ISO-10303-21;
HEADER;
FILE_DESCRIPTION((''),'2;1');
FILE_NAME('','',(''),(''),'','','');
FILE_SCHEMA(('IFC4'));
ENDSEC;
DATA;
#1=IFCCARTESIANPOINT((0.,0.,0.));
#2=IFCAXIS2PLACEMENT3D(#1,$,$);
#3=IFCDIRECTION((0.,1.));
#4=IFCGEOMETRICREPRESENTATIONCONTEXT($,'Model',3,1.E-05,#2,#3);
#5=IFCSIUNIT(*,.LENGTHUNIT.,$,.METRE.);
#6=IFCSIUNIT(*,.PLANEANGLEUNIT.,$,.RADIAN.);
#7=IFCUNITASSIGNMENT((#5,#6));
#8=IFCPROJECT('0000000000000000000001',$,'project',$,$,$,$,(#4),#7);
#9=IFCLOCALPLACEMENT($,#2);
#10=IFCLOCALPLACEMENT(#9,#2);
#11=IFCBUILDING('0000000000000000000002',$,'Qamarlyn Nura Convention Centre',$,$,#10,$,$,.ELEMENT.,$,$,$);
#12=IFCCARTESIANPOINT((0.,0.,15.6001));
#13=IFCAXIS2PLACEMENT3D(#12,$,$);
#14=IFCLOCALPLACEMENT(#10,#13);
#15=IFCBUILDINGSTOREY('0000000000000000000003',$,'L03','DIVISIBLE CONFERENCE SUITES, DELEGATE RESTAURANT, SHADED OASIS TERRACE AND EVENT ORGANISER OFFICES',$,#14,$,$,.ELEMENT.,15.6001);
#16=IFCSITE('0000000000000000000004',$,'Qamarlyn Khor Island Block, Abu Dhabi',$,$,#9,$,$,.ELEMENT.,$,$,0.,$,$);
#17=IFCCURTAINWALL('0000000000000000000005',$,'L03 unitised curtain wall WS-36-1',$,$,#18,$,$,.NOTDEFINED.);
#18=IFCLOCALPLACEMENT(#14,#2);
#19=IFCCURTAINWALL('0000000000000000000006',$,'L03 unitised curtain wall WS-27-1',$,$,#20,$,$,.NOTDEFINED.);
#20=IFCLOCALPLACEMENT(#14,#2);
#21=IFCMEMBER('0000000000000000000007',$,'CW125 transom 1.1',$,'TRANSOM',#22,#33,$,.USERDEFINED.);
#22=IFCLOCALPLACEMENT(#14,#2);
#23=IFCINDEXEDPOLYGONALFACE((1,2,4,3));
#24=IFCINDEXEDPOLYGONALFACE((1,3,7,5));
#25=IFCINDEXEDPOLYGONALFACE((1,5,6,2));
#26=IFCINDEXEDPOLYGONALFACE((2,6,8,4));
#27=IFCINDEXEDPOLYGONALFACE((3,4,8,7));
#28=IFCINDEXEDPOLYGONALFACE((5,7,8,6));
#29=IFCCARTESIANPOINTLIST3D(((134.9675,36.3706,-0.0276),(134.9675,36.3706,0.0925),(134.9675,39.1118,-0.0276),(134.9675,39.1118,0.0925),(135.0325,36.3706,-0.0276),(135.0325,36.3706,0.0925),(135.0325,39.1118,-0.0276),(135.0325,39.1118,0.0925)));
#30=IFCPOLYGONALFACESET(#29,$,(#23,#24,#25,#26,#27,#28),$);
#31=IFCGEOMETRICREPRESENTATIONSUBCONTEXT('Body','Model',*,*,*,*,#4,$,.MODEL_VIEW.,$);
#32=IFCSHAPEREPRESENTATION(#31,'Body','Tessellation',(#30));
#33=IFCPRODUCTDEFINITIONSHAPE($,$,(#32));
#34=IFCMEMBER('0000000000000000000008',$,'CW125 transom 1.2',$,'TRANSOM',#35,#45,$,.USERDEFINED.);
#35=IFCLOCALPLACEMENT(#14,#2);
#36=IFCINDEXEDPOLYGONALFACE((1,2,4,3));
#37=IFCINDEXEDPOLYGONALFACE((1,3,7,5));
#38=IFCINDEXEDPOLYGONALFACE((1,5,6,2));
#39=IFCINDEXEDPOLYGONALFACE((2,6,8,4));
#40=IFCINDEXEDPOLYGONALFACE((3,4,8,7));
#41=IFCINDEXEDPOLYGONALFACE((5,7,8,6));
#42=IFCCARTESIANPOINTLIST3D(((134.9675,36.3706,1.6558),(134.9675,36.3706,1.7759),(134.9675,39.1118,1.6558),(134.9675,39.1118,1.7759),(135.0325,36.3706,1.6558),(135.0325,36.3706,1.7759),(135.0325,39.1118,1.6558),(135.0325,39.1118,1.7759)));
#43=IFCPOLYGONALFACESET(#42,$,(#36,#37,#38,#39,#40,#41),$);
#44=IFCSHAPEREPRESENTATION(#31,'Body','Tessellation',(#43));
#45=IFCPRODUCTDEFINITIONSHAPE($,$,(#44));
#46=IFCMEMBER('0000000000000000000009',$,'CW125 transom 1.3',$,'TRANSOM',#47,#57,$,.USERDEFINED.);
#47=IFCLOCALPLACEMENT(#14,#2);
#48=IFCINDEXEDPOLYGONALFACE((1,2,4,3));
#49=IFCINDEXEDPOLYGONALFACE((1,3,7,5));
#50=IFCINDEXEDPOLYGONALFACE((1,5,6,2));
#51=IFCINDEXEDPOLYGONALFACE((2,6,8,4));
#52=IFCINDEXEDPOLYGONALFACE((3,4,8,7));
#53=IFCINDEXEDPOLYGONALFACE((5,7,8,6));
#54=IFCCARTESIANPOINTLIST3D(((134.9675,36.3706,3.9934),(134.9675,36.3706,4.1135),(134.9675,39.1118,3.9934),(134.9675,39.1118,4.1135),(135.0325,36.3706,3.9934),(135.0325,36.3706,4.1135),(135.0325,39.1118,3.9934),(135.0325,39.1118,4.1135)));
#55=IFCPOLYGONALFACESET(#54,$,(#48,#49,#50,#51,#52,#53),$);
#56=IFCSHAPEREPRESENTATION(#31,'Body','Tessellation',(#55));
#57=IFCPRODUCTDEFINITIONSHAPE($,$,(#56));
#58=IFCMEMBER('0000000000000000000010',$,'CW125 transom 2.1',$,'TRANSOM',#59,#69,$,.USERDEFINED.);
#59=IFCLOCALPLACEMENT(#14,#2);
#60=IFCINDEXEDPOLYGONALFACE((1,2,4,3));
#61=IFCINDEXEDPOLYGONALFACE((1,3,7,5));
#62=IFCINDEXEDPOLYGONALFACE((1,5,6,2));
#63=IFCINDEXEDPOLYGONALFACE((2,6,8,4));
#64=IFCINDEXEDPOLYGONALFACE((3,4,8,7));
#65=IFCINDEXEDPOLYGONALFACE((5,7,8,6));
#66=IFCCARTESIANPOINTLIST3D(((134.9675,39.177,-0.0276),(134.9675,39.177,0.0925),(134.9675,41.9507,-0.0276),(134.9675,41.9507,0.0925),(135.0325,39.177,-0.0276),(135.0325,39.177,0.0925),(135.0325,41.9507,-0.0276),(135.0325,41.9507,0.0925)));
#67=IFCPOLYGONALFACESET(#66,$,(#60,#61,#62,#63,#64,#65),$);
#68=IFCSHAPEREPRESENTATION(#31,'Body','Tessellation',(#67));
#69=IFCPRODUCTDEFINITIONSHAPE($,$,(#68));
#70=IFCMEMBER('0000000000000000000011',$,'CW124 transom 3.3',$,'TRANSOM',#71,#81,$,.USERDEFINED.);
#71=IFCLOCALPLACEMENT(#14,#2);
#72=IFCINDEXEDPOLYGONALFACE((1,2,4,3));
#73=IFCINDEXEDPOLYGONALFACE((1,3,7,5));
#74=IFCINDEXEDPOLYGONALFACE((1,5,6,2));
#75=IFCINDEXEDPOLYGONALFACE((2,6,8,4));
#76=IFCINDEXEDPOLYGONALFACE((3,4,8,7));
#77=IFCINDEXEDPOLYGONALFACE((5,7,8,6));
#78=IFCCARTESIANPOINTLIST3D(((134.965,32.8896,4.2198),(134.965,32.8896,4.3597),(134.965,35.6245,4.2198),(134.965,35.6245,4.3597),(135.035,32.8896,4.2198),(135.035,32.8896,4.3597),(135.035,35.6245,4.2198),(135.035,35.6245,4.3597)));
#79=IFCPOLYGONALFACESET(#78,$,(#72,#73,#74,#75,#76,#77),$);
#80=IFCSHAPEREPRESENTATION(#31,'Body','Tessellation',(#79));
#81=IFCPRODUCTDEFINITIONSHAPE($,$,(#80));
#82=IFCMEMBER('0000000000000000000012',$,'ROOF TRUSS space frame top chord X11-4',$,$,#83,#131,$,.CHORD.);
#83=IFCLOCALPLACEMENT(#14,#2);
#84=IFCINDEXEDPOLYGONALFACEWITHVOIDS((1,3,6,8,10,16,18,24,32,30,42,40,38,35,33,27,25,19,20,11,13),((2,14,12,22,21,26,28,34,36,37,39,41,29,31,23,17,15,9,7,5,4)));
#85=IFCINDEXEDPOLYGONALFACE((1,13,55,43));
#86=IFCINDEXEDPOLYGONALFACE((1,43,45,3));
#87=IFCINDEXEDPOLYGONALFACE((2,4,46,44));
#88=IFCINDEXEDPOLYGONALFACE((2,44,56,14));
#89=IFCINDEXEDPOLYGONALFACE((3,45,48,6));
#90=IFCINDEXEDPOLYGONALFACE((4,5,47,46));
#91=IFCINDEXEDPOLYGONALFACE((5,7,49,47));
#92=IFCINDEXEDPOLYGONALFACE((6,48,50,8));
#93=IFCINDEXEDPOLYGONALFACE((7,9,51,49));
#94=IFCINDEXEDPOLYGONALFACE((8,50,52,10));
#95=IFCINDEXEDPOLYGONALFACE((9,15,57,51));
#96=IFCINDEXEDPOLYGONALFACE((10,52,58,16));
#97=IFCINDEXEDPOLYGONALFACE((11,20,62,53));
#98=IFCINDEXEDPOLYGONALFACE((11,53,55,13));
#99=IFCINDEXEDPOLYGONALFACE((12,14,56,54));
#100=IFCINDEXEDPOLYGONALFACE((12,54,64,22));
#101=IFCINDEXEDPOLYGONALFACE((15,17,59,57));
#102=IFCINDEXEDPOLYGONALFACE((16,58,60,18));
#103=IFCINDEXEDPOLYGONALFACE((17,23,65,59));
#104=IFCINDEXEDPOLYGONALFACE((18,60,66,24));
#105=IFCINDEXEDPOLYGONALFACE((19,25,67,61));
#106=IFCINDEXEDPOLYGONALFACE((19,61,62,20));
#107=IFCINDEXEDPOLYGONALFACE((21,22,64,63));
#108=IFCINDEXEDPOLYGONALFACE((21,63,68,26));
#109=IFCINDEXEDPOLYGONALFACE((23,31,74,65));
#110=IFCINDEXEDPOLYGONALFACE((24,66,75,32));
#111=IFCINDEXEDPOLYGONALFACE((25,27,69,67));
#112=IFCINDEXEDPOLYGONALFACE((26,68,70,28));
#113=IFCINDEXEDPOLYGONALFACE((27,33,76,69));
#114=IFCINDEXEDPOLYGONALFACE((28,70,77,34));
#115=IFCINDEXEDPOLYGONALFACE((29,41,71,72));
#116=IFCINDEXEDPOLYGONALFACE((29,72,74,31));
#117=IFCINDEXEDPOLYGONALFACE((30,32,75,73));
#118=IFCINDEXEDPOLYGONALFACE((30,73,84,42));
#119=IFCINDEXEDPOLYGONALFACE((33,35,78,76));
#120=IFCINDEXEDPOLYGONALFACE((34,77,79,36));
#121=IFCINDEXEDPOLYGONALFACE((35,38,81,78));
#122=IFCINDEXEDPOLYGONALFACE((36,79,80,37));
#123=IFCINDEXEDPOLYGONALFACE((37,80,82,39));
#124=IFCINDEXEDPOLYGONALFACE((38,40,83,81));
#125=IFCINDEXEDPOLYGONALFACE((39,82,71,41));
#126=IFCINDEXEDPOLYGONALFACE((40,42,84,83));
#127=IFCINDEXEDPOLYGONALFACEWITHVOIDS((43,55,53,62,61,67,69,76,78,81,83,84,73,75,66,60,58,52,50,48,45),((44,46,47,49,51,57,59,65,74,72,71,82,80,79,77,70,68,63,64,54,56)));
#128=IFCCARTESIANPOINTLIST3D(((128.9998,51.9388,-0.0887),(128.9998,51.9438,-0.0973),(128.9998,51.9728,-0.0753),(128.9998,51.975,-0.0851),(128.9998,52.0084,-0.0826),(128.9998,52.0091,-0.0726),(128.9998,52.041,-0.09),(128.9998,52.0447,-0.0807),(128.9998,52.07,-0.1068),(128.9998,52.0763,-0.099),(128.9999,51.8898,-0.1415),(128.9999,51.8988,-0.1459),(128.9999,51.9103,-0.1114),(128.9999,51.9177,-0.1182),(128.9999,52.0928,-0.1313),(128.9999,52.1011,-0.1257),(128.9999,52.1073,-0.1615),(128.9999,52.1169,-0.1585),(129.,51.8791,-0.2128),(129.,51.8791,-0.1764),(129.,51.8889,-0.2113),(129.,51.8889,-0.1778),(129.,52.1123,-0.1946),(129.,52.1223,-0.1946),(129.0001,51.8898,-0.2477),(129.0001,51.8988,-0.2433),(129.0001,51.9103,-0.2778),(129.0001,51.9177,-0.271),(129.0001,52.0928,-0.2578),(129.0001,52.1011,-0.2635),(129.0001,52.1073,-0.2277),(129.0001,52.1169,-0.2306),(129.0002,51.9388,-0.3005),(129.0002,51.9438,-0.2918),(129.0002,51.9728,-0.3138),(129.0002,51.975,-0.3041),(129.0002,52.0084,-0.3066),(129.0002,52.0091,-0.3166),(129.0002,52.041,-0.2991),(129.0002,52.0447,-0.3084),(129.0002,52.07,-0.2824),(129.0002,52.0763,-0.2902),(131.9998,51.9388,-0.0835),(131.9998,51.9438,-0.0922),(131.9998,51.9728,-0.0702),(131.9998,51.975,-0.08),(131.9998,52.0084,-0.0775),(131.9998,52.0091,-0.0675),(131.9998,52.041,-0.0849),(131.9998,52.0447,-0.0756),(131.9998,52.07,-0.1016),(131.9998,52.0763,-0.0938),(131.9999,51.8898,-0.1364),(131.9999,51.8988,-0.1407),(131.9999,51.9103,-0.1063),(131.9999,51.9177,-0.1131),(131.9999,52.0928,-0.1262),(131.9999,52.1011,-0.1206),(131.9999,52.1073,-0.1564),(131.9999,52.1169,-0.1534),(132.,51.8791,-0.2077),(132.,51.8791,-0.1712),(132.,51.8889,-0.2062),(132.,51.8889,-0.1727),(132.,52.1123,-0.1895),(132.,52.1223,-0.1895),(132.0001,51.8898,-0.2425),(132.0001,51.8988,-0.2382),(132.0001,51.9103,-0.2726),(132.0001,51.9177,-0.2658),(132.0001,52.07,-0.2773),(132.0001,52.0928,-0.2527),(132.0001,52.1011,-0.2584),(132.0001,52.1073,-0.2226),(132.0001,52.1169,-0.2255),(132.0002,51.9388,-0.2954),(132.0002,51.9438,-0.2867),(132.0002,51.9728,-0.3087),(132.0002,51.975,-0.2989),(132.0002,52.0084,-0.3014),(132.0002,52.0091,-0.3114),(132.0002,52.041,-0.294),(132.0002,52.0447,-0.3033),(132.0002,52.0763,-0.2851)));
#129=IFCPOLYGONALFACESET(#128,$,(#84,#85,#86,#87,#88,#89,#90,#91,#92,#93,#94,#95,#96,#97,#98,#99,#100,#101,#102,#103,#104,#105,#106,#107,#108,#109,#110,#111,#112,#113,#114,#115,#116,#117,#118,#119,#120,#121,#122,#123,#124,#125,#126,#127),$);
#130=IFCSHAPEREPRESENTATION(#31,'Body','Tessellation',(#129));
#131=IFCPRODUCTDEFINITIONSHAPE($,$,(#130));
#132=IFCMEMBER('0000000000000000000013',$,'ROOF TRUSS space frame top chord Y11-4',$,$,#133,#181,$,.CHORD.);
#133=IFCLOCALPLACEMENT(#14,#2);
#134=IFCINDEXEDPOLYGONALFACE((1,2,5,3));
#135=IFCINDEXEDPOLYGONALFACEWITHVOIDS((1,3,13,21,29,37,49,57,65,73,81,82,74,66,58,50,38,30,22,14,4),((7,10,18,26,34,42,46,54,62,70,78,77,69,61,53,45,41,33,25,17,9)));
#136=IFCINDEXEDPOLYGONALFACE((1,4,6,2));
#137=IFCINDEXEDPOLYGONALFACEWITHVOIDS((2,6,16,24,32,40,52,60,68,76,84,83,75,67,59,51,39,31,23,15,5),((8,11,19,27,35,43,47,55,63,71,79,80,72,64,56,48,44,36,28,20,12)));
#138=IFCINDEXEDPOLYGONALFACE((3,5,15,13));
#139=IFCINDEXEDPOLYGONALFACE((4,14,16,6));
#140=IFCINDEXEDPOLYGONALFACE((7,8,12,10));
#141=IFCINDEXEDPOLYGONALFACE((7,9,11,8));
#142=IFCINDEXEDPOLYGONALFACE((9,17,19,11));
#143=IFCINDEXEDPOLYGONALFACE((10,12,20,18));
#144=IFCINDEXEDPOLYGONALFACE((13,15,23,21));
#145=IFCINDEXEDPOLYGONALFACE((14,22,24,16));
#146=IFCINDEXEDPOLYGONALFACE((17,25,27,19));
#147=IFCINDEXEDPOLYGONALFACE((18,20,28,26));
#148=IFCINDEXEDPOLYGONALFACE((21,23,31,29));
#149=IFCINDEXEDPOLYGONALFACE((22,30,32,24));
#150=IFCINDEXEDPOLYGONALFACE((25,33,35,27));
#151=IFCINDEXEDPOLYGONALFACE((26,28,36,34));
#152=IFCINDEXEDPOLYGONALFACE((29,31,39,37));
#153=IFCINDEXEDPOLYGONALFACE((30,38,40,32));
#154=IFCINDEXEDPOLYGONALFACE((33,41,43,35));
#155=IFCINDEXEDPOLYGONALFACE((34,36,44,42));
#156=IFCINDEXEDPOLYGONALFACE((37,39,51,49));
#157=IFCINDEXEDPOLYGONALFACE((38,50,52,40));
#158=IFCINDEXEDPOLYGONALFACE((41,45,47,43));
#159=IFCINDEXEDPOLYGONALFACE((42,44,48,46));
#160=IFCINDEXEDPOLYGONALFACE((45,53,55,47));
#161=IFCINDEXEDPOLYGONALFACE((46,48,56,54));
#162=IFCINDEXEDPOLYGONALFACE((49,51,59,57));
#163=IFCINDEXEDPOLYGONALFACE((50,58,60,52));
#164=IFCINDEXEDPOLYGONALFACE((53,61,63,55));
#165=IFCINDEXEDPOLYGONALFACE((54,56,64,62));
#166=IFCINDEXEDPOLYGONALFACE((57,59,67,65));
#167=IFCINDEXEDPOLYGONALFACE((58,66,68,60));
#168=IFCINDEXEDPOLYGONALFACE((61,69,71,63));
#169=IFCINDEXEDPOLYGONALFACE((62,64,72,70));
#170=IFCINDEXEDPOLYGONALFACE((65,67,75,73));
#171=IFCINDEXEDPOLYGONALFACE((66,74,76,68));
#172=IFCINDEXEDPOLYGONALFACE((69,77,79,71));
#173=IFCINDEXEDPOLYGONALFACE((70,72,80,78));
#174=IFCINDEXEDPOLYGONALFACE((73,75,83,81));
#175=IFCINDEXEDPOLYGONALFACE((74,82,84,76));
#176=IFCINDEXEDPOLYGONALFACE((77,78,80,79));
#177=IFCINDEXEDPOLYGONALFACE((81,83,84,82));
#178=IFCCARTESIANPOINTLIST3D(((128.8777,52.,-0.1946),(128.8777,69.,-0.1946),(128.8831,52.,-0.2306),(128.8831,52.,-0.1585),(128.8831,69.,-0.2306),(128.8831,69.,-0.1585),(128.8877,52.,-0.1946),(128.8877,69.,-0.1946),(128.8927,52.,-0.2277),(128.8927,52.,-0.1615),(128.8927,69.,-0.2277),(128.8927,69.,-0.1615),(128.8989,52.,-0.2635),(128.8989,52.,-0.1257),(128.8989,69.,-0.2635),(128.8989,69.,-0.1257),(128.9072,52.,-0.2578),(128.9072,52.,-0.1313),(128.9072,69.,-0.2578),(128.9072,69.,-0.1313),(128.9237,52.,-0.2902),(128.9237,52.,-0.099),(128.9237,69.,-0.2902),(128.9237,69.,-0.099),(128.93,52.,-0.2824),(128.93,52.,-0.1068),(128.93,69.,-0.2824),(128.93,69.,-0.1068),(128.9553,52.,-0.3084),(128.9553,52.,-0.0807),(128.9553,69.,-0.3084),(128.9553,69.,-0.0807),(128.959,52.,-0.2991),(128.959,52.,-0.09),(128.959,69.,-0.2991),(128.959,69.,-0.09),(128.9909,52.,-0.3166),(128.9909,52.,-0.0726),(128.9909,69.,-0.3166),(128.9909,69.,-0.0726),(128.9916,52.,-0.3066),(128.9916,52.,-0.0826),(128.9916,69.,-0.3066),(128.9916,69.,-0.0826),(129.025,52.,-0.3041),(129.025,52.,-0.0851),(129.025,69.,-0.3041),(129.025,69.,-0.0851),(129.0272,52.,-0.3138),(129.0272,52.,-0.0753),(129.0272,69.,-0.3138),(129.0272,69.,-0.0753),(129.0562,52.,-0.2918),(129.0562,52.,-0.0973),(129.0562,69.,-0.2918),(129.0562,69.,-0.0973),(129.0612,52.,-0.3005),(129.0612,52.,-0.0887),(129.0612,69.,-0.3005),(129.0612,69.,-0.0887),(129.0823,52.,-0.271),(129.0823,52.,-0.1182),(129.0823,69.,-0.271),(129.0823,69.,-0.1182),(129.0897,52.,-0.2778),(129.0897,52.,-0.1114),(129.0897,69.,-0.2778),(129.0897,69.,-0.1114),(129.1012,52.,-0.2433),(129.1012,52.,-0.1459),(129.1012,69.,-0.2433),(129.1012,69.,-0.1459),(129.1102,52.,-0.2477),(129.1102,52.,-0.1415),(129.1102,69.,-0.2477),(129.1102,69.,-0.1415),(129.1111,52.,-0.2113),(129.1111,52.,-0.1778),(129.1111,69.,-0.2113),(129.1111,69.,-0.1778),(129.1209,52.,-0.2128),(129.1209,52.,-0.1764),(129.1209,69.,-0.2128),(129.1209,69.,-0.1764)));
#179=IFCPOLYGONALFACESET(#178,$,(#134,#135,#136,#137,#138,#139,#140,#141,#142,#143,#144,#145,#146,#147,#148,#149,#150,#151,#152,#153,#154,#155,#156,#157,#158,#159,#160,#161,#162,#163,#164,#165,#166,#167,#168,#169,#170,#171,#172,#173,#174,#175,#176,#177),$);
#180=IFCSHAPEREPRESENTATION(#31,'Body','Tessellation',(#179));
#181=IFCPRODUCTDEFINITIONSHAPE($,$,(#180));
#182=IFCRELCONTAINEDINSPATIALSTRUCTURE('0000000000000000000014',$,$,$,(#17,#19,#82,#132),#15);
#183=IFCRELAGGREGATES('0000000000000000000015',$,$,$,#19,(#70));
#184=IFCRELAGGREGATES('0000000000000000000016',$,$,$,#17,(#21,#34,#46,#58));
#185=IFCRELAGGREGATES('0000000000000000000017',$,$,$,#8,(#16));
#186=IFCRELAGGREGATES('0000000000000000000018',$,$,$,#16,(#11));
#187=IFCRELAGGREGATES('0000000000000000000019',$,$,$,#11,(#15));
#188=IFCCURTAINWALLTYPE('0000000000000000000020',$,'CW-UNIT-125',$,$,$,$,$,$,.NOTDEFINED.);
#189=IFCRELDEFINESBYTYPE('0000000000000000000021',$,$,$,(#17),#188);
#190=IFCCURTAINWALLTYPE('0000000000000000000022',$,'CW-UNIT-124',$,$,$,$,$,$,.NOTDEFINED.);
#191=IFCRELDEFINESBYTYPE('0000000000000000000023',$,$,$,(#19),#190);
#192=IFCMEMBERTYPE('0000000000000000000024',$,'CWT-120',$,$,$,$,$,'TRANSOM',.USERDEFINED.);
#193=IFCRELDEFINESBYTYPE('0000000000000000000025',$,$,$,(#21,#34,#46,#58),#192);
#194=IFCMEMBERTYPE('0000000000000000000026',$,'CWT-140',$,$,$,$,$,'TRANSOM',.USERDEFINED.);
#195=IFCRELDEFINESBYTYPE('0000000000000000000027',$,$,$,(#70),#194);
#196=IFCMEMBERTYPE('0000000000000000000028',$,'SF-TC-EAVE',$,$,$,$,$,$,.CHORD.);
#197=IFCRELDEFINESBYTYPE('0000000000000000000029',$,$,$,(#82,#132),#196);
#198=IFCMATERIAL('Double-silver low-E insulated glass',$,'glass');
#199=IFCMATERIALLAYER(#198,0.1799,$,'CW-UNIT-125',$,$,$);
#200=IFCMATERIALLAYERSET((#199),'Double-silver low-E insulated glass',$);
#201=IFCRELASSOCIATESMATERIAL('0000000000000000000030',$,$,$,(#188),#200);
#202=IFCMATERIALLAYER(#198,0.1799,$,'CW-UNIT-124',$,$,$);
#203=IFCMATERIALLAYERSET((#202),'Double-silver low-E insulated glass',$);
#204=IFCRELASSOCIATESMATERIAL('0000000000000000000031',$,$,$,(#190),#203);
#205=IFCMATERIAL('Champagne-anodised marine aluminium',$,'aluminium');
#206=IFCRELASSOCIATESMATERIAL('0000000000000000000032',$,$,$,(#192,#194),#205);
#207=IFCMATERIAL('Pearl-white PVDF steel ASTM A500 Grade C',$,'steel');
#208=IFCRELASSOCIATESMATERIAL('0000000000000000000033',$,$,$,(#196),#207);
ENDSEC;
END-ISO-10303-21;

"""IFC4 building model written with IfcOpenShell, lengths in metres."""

from ifc_helpers import new_model, si_unit, direction, frame, origin, origin_2d, place, context, subcontext, project, spatial, rectangle, hollow_circle, extrude, material, layer, layer_set, material_profile, profile_set, type_object, element, aggregate, save


model = new_model("IFC4")

# Units and contexts
model_context = context("Model", 3, precision=1e-05, world=origin(), true_north=direction((0.0, 1.0)))
body_context = subcontext(model_context, "Body", "Model", "MODEL_VIEW")
ifc_project = project(units=[si_unit("LENGTHUNIT", "METRE"), si_unit("PLANEANGLEUNIT", "RADIAN")], contexts=[model_context])

# Site, building, storey
site_placement = place(None, origin())
site = spatial("IfcSite", under=ifc_project, at=site_placement, Name="Qamarlyn Khor Island Block, Abu Dhabi", CompositionType="ELEMENT", RefElevation=0.0)
building_placement = place(site_placement, origin())
building = spatial("IfcBuilding", under=site, at=building_placement, Name="Qamarlyn Nura Convention Centre", CompositionType="ELEMENT")
storey_placement = place(building_placement, frame((0.0, 0.0, 15.6001)))
storey = spatial("IfcBuildingStorey", under=building, at=storey_placement, Name="L03", Description="DIVISIBLE CONFERENCE SUITES, DELEGATE RESTAURANT, SHADED OASIS TERRACE AND EVENT ORGANISER OFFICES", CompositionType="ELEMENT", Elevation=15.6001)

# Curtain wall
ifc_material_1 = material(Name="Double-silver low-E insulated glass", Category="glass")
ifc_layer_1 = layer(ifc_material_1, 0.1799, Name="CW-UNIT-125")
ifc_layer_set_1 = layer_set([ifc_layer_1], Name="Double-silver low-E insulated glass")
curtain_wall_type_1 = type_object("IfcCurtainWallType", Name="CW-UNIT-125", PredefinedType="NOTDEFINED", material=ifc_layer_set_1)
curtain_wall_1_placement = place(storey_placement, origin())
curtain_wall_1 = element("IfcCurtainWall", 1, at=curtain_wall_1_placement, inside=storey, type_object=curtain_wall_type_1, Name="L03 unitised curtain wall WS-36-1", PredefinedType="NOTDEFINED")
ifc_material_2 = material(Name="Champagne-anodised marine aluminium", Category="aluminium")

# Curtain wall
ifc_layer_2 = layer(ifc_material_1, 0.1799, Name="CW-UNIT-124")
ifc_layer_set_2 = layer_set([ifc_layer_2], Name="Double-silver low-E insulated glass")
curtain_wall_type_2 = type_object("IfcCurtainWallType", Name="CW-UNIT-124", PredefinedType="NOTDEFINED", material=ifc_layer_set_2)
curtain_wall_2_placement = place(storey_placement, origin())
curtain_wall_2 = element("IfcCurtainWall", 2, at=curtain_wall_2_placement, inside=storey, type_object=curtain_wall_type_2, Name="L03 unitised curtain wall WS-27-1", PredefinedType="NOTDEFINED")

# Members
ifc_material_profile_1 = material_profile(ifc_material_2, rectangle(XDim=0.0649, YDim=0.1201, at=origin_2d()), Name="ALU TRANSOM 65x120")
ifc_profile_set_1 = profile_set([ifc_material_profile_1], Name="Champagne-anodised marine aluminium")
member_type_1 = type_object("IfcMemberType", Name="CWT-120", ElementType="TRANSOM", PredefinedType="USERDEFINED", material=ifc_profile_set_1)
member_1_placement = place(storey_placement, frame((135.0, 36.3706, 0.0325), z_axis=(0.0, 1.0, 0.0), x_axis=(-1.0, 0.0, 0.0)))
member_1 = element("IfcMember", 3, at=member_1_placement, type_object=member_type_1, Name="CW125 transom 1.1", ObjectType="TRANSOM", PredefinedType="USERDEFINED", context=body_context, shape_type="SweptSolid", body=[
    extrude(rectangle(XDim=0.0649, YDim=0.1201, at=origin_2d()), origin(), (0.0, 0.0, 1.0), 2.7412),
])
member_2_placement = place(storey_placement, frame((135.0, 36.3706, 1.7158), z_axis=(0.0, 1.0, 0.0), x_axis=(-1.0, 0.0, 0.0)))
member_2 = element("IfcMember", 4, at=member_2_placement, type_object=member_type_1, Name="CW125 transom 1.2", ObjectType="TRANSOM", PredefinedType="USERDEFINED", context=body_context, shape_type="SweptSolid", body=[
    extrude(rectangle(XDim=0.0649, YDim=0.1201, at=origin_2d()), origin(), (0.0, 0.0, 1.0), 2.7412),
])
member_3_placement = place(storey_placement, frame((135.0, 36.3706, 4.0535), z_axis=(0.0, 1.0, 0.0), x_axis=(-1.0, 0.0, 0.0)))
member_3 = element("IfcMember", 5, at=member_3_placement, type_object=member_type_1, Name="CW125 transom 1.3", ObjectType="TRANSOM", PredefinedType="USERDEFINED", context=body_context, shape_type="SweptSolid", body=[
    extrude(rectangle(XDim=0.0649, YDim=0.1201, at=origin_2d()), origin(), (0.0, 0.0, 1.0), 2.7412),
])
member_4_placement = place(storey_placement, frame((135.0, 39.177, 0.0325), z_axis=(0.0, 1.0, 0.0), x_axis=(-1.0, 0.0, 0.0)))
member_4 = element("IfcMember", 6, at=member_4_placement, type_object=member_type_1, Name="CW125 transom 2.1", ObjectType="TRANSOM", PredefinedType="USERDEFINED", context=body_context, shape_type="SweptSolid", body=[
    extrude(rectangle(XDim=0.0649, YDim=0.1201, at=origin_2d()), origin(), (0.0, 0.0, 1.0), 2.7737),
])
ifc_material_profile_2 = material_profile(ifc_material_2, rectangle(XDim=0.0701, YDim=0.1399, at=origin_2d()), Name="ALU TRANSOM 70x140")
ifc_profile_set_2 = profile_set([ifc_material_profile_2], Name="Champagne-anodised marine aluminium")
member_type_2 = type_object("IfcMemberType", Name="CWT-140", ElementType="TRANSOM", PredefinedType="USERDEFINED", material=ifc_profile_set_2)
member_5_placement = place(storey_placement, frame((135.0, 32.8896, 4.2898), z_axis=(0.0, 1.0, 0.0), x_axis=(-1.0, 0.0, 0.0)))
member_5 = element("IfcMember", 7, at=member_5_placement, type_object=member_type_2, Name="CW124 transom 3.3", ObjectType="TRANSOM", PredefinedType="USERDEFINED", context=body_context, shape_type="SweptSolid", body=[
    extrude(rectangle(XDim=0.0701, YDim=0.1399, at=origin_2d()), origin(), (0.0, 0.0, 1.0), 2.7349),
])

# Members
ifc_material_3 = material(Name="Pearl-white PVDF steel ASTM A500 Grade C", Category="steel")
ifc_material_profile_3 = material_profile(ifc_material_3, hollow_circle(Radius=0.1223, WallThickness=0.01, at=origin_2d()), Name="CHS244.5X10")
ifc_profile_set_3 = profile_set([ifc_material_profile_3], Name="Pearl-white PVDF steel ASTM A500 Grade C")
member_type_3 = type_object("IfcMemberType", Name="SF-TC-EAVE", PredefinedType="CHORD", material=ifc_profile_set_3)
member_6_placement = place(storey_placement, frame((129.0, 52.0, -0.1946), z_axis=(0.999999, 0.0, 0.001709), x_axis=(0.0, 1.0, 0.0)))
element("IfcMember", 8, at=member_6_placement, inside=storey, type_object=member_type_3, Name="ROOF TRUSS space frame top chord X11-4", PredefinedType="CHORD", context=body_context, shape_type="SweptSolid", body=[
    extrude(hollow_circle(Radius=0.1223, WallThickness=0.01, at=origin_2d()), origin(), (0.0, 0.0, 1.0), 3.0),
])
for number, where, z_axis, x_axis, name in (
    (9, (129.0, 52.0, -0.1946), (0.0, 1.0, 0.0), (-1.0, 0.0, 0.0), "ROOF TRUSS space frame top chord Y11-4"),
):
    element("IfcMember", number, at=place(storey_placement, frame(where, z_axis=z_axis, x_axis=x_axis)), inside=storey, type_object=member_type_3, Name=name, PredefinedType="CHORD", context=body_context, shape_type="SweptSolid", body=[
        extrude(hollow_circle(Radius=0.1223, WallThickness=0.01, at=origin_2d()), origin(), (0.0, 0.0, 1.0), 17.0),
    ])

aggregate(curtain_wall_2, [member_5])
aggregate(curtain_wall_1, [member_1, member_2, member_3, member_4])

save(model, "model.ifc")
